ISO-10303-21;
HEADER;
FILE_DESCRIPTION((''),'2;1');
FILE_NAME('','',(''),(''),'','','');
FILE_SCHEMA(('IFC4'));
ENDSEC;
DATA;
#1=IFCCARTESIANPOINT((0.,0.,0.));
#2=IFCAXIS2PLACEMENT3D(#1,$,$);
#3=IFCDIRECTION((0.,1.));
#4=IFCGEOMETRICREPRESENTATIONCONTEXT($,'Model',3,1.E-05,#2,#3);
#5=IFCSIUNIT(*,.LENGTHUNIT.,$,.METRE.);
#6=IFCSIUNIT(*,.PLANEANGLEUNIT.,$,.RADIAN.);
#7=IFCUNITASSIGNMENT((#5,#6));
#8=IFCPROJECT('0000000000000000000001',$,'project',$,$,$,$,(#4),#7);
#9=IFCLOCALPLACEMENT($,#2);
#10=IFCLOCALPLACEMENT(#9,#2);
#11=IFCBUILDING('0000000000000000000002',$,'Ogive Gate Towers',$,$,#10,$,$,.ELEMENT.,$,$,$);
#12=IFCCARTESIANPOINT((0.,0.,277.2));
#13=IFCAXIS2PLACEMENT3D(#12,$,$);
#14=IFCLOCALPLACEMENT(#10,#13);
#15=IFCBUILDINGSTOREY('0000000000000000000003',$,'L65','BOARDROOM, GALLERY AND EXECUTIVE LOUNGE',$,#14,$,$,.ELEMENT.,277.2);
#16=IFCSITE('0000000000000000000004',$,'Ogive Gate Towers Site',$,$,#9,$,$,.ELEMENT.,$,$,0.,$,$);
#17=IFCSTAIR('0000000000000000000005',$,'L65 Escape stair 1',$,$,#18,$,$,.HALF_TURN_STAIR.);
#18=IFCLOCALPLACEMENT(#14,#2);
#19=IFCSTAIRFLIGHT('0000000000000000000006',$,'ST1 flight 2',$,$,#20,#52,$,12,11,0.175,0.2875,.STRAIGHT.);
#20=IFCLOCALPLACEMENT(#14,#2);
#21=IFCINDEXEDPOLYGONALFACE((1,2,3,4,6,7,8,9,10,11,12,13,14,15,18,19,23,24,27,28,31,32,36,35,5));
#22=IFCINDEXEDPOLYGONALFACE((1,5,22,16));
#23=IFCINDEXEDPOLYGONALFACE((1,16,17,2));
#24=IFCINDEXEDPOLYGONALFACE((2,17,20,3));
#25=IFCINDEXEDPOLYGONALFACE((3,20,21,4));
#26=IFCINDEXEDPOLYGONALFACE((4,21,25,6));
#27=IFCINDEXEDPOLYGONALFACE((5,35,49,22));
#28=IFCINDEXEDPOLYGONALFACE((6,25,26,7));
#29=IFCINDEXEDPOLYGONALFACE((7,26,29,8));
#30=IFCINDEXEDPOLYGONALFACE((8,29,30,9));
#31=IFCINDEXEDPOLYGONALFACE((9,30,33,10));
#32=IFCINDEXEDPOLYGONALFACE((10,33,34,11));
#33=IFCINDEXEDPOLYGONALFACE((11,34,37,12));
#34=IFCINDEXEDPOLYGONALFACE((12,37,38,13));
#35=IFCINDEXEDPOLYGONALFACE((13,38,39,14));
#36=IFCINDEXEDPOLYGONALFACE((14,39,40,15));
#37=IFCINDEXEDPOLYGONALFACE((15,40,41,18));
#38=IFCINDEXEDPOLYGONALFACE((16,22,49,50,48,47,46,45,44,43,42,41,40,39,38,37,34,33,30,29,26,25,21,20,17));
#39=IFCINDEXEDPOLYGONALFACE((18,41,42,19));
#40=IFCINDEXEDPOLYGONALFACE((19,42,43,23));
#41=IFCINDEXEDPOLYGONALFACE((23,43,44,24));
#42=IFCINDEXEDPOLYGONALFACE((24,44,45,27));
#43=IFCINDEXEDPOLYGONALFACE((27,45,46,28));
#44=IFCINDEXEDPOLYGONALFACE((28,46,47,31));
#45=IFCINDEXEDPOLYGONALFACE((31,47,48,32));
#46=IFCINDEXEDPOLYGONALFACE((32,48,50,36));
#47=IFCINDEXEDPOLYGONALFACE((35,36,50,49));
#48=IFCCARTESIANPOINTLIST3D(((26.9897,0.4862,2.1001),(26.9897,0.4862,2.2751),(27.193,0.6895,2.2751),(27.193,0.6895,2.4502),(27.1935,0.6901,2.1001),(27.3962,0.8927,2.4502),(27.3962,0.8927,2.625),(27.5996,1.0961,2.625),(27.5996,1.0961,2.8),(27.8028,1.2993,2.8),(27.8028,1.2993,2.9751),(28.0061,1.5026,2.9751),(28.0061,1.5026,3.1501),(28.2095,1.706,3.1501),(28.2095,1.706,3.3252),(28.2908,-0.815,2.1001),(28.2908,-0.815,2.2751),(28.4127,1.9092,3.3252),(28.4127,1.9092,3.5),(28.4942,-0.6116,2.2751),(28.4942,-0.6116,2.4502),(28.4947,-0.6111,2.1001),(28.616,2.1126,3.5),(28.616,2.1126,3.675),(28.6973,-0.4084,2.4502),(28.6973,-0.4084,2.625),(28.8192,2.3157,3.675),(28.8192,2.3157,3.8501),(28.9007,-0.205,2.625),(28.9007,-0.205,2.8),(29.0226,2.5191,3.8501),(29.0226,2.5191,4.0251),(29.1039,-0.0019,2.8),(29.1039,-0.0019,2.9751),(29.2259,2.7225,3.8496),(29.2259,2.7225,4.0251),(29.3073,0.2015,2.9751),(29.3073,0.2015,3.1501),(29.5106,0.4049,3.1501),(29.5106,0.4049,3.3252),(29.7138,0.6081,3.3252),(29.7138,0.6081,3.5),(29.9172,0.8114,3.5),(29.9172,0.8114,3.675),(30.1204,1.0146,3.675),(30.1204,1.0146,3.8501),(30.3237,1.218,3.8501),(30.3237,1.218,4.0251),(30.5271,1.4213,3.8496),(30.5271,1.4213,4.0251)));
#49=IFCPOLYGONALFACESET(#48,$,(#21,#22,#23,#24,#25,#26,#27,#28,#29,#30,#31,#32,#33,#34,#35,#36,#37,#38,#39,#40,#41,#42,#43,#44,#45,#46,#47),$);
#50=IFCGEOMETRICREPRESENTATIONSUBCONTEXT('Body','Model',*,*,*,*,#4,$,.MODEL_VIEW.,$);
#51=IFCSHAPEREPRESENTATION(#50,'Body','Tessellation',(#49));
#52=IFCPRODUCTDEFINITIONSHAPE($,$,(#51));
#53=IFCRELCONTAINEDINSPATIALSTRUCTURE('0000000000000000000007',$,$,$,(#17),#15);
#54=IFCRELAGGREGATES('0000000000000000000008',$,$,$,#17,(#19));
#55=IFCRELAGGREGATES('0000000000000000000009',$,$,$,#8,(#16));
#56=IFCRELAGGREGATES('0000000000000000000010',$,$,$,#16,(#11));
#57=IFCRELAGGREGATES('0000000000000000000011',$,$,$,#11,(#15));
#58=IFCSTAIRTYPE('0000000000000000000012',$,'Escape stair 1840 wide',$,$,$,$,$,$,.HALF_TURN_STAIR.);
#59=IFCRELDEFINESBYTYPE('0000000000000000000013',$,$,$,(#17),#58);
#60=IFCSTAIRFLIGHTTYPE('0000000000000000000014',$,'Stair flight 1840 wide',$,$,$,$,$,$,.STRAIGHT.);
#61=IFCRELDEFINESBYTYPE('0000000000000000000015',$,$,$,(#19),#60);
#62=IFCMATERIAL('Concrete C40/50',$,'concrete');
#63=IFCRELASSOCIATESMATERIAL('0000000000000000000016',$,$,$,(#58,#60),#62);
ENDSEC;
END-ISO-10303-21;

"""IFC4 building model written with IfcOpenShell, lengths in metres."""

from ifc_helpers import new_model, si_unit, direction, frame, origin, place, context, subcontext, project, spatial, polyline, outline, extrude, material, type_object, element, aggregate, save


model = new_model("IFC4")

# Units and contexts
model_context = context("Model", 3, precision=1e-05, world=origin(), true_north=direction((0.0, 1.0)))
body_context = subcontext(model_context, "Body", "Model", "MODEL_VIEW")
ifc_project = project(units=[si_unit("LENGTHUNIT", "METRE"), si_unit("PLANEANGLEUNIT", "RADIAN")], contexts=[model_context])

# Site, building, storey
site_placement = place(None, origin())
site = spatial("IfcSite", under=ifc_project, at=site_placement, Name="Ogive Gate Towers Site", CompositionType="ELEMENT", RefElevation=0.0)
building_placement = place(site_placement, origin())
building = spatial("IfcBuilding", under=site, at=building_placement, Name="Ogive Gate Towers", CompositionType="ELEMENT")
storey_placement = place(building_placement, frame((0.0, 0.0, 277.2)))
storey = spatial("IfcBuildingStorey", under=building, at=storey_placement, Name="L65", Description="BOARDROOM, GALLERY AND EXECUTIVE LOUNGE", CompositionType="ELEMENT", Elevation=277.2)

# Stair, stair flight
ifc_material_1 = material(Name="Concrete C40/50", Category="concrete")
stair_type = type_object("IfcStairType", Name="Escape stair 1840 wide", PredefinedType="HALF_TURN_STAIR", material=ifc_material_1)
stair_placement = place(storey_placement, origin())
stair = element("IfcStair", 1, at=stair_placement, inside=storey, type_object=stair_type, Name="L65 Escape stair 1", PredefinedType="HALF_TURN_STAIR")
stair_flight_type = type_object("IfcStairFlightType", Name="Stair flight 1840 wide", PredefinedType="STRAIGHT", material=ifc_material_1)
stair_flight_placement = place(storey_placement, frame((27.6401, -0.1643, 2.1001), z_axis=(0.0, 0.0, 1.0), x_axis=(0.707107, 0.707107, 0.0)))
stair_flight = element("IfcStairFlight", 2, at=stair_flight_placement, type_object=stair_flight_type, Name="ST1 flight 2", NumberOfRisers=12, NumberOfTreads=11, PredefinedType="STRAIGHT", RiserHeight=0.175, TreadLength=0.2875, context=body_context, shape_type="SweptSolid", body=[
    extrude(outline(polyline([(0.0, 0.0), (0.0, 0.175), (0.2876, 0.175), (0.2876, 0.3501), (0.575, 0.3501), (0.575, 0.5249), (0.8625, 0.5249), (0.8625, 0.7), (1.1499, 0.7), (1.1499, 0.875), (1.4375, 0.875), (1.4375, 1.05), (1.7251, 1.05), (1.7251, 1.2251), (2.0125, 1.2251), (2.0125, 1.3999), (2.3, 1.3999), (2.3, 1.575), (2.5874, 1.575), (2.5874, 1.75), (2.875, 1.75), (2.875, 1.925), (3.1626, 1.925), (3.1626, 2.1001), (3.1626, 1.7495), (0.2883, 0.0), (0.0, 0.0)])), frame((0.0, 0.9199, 0.0), z_axis=(0.0, -1.0, 0.0), x_axis=(1.0, 0.0, 0.0)), (0.0, 0.0, 1.0), 1.8401),
])
aggregate(stair, [stair_flight])

save(model, "model.ifc")
